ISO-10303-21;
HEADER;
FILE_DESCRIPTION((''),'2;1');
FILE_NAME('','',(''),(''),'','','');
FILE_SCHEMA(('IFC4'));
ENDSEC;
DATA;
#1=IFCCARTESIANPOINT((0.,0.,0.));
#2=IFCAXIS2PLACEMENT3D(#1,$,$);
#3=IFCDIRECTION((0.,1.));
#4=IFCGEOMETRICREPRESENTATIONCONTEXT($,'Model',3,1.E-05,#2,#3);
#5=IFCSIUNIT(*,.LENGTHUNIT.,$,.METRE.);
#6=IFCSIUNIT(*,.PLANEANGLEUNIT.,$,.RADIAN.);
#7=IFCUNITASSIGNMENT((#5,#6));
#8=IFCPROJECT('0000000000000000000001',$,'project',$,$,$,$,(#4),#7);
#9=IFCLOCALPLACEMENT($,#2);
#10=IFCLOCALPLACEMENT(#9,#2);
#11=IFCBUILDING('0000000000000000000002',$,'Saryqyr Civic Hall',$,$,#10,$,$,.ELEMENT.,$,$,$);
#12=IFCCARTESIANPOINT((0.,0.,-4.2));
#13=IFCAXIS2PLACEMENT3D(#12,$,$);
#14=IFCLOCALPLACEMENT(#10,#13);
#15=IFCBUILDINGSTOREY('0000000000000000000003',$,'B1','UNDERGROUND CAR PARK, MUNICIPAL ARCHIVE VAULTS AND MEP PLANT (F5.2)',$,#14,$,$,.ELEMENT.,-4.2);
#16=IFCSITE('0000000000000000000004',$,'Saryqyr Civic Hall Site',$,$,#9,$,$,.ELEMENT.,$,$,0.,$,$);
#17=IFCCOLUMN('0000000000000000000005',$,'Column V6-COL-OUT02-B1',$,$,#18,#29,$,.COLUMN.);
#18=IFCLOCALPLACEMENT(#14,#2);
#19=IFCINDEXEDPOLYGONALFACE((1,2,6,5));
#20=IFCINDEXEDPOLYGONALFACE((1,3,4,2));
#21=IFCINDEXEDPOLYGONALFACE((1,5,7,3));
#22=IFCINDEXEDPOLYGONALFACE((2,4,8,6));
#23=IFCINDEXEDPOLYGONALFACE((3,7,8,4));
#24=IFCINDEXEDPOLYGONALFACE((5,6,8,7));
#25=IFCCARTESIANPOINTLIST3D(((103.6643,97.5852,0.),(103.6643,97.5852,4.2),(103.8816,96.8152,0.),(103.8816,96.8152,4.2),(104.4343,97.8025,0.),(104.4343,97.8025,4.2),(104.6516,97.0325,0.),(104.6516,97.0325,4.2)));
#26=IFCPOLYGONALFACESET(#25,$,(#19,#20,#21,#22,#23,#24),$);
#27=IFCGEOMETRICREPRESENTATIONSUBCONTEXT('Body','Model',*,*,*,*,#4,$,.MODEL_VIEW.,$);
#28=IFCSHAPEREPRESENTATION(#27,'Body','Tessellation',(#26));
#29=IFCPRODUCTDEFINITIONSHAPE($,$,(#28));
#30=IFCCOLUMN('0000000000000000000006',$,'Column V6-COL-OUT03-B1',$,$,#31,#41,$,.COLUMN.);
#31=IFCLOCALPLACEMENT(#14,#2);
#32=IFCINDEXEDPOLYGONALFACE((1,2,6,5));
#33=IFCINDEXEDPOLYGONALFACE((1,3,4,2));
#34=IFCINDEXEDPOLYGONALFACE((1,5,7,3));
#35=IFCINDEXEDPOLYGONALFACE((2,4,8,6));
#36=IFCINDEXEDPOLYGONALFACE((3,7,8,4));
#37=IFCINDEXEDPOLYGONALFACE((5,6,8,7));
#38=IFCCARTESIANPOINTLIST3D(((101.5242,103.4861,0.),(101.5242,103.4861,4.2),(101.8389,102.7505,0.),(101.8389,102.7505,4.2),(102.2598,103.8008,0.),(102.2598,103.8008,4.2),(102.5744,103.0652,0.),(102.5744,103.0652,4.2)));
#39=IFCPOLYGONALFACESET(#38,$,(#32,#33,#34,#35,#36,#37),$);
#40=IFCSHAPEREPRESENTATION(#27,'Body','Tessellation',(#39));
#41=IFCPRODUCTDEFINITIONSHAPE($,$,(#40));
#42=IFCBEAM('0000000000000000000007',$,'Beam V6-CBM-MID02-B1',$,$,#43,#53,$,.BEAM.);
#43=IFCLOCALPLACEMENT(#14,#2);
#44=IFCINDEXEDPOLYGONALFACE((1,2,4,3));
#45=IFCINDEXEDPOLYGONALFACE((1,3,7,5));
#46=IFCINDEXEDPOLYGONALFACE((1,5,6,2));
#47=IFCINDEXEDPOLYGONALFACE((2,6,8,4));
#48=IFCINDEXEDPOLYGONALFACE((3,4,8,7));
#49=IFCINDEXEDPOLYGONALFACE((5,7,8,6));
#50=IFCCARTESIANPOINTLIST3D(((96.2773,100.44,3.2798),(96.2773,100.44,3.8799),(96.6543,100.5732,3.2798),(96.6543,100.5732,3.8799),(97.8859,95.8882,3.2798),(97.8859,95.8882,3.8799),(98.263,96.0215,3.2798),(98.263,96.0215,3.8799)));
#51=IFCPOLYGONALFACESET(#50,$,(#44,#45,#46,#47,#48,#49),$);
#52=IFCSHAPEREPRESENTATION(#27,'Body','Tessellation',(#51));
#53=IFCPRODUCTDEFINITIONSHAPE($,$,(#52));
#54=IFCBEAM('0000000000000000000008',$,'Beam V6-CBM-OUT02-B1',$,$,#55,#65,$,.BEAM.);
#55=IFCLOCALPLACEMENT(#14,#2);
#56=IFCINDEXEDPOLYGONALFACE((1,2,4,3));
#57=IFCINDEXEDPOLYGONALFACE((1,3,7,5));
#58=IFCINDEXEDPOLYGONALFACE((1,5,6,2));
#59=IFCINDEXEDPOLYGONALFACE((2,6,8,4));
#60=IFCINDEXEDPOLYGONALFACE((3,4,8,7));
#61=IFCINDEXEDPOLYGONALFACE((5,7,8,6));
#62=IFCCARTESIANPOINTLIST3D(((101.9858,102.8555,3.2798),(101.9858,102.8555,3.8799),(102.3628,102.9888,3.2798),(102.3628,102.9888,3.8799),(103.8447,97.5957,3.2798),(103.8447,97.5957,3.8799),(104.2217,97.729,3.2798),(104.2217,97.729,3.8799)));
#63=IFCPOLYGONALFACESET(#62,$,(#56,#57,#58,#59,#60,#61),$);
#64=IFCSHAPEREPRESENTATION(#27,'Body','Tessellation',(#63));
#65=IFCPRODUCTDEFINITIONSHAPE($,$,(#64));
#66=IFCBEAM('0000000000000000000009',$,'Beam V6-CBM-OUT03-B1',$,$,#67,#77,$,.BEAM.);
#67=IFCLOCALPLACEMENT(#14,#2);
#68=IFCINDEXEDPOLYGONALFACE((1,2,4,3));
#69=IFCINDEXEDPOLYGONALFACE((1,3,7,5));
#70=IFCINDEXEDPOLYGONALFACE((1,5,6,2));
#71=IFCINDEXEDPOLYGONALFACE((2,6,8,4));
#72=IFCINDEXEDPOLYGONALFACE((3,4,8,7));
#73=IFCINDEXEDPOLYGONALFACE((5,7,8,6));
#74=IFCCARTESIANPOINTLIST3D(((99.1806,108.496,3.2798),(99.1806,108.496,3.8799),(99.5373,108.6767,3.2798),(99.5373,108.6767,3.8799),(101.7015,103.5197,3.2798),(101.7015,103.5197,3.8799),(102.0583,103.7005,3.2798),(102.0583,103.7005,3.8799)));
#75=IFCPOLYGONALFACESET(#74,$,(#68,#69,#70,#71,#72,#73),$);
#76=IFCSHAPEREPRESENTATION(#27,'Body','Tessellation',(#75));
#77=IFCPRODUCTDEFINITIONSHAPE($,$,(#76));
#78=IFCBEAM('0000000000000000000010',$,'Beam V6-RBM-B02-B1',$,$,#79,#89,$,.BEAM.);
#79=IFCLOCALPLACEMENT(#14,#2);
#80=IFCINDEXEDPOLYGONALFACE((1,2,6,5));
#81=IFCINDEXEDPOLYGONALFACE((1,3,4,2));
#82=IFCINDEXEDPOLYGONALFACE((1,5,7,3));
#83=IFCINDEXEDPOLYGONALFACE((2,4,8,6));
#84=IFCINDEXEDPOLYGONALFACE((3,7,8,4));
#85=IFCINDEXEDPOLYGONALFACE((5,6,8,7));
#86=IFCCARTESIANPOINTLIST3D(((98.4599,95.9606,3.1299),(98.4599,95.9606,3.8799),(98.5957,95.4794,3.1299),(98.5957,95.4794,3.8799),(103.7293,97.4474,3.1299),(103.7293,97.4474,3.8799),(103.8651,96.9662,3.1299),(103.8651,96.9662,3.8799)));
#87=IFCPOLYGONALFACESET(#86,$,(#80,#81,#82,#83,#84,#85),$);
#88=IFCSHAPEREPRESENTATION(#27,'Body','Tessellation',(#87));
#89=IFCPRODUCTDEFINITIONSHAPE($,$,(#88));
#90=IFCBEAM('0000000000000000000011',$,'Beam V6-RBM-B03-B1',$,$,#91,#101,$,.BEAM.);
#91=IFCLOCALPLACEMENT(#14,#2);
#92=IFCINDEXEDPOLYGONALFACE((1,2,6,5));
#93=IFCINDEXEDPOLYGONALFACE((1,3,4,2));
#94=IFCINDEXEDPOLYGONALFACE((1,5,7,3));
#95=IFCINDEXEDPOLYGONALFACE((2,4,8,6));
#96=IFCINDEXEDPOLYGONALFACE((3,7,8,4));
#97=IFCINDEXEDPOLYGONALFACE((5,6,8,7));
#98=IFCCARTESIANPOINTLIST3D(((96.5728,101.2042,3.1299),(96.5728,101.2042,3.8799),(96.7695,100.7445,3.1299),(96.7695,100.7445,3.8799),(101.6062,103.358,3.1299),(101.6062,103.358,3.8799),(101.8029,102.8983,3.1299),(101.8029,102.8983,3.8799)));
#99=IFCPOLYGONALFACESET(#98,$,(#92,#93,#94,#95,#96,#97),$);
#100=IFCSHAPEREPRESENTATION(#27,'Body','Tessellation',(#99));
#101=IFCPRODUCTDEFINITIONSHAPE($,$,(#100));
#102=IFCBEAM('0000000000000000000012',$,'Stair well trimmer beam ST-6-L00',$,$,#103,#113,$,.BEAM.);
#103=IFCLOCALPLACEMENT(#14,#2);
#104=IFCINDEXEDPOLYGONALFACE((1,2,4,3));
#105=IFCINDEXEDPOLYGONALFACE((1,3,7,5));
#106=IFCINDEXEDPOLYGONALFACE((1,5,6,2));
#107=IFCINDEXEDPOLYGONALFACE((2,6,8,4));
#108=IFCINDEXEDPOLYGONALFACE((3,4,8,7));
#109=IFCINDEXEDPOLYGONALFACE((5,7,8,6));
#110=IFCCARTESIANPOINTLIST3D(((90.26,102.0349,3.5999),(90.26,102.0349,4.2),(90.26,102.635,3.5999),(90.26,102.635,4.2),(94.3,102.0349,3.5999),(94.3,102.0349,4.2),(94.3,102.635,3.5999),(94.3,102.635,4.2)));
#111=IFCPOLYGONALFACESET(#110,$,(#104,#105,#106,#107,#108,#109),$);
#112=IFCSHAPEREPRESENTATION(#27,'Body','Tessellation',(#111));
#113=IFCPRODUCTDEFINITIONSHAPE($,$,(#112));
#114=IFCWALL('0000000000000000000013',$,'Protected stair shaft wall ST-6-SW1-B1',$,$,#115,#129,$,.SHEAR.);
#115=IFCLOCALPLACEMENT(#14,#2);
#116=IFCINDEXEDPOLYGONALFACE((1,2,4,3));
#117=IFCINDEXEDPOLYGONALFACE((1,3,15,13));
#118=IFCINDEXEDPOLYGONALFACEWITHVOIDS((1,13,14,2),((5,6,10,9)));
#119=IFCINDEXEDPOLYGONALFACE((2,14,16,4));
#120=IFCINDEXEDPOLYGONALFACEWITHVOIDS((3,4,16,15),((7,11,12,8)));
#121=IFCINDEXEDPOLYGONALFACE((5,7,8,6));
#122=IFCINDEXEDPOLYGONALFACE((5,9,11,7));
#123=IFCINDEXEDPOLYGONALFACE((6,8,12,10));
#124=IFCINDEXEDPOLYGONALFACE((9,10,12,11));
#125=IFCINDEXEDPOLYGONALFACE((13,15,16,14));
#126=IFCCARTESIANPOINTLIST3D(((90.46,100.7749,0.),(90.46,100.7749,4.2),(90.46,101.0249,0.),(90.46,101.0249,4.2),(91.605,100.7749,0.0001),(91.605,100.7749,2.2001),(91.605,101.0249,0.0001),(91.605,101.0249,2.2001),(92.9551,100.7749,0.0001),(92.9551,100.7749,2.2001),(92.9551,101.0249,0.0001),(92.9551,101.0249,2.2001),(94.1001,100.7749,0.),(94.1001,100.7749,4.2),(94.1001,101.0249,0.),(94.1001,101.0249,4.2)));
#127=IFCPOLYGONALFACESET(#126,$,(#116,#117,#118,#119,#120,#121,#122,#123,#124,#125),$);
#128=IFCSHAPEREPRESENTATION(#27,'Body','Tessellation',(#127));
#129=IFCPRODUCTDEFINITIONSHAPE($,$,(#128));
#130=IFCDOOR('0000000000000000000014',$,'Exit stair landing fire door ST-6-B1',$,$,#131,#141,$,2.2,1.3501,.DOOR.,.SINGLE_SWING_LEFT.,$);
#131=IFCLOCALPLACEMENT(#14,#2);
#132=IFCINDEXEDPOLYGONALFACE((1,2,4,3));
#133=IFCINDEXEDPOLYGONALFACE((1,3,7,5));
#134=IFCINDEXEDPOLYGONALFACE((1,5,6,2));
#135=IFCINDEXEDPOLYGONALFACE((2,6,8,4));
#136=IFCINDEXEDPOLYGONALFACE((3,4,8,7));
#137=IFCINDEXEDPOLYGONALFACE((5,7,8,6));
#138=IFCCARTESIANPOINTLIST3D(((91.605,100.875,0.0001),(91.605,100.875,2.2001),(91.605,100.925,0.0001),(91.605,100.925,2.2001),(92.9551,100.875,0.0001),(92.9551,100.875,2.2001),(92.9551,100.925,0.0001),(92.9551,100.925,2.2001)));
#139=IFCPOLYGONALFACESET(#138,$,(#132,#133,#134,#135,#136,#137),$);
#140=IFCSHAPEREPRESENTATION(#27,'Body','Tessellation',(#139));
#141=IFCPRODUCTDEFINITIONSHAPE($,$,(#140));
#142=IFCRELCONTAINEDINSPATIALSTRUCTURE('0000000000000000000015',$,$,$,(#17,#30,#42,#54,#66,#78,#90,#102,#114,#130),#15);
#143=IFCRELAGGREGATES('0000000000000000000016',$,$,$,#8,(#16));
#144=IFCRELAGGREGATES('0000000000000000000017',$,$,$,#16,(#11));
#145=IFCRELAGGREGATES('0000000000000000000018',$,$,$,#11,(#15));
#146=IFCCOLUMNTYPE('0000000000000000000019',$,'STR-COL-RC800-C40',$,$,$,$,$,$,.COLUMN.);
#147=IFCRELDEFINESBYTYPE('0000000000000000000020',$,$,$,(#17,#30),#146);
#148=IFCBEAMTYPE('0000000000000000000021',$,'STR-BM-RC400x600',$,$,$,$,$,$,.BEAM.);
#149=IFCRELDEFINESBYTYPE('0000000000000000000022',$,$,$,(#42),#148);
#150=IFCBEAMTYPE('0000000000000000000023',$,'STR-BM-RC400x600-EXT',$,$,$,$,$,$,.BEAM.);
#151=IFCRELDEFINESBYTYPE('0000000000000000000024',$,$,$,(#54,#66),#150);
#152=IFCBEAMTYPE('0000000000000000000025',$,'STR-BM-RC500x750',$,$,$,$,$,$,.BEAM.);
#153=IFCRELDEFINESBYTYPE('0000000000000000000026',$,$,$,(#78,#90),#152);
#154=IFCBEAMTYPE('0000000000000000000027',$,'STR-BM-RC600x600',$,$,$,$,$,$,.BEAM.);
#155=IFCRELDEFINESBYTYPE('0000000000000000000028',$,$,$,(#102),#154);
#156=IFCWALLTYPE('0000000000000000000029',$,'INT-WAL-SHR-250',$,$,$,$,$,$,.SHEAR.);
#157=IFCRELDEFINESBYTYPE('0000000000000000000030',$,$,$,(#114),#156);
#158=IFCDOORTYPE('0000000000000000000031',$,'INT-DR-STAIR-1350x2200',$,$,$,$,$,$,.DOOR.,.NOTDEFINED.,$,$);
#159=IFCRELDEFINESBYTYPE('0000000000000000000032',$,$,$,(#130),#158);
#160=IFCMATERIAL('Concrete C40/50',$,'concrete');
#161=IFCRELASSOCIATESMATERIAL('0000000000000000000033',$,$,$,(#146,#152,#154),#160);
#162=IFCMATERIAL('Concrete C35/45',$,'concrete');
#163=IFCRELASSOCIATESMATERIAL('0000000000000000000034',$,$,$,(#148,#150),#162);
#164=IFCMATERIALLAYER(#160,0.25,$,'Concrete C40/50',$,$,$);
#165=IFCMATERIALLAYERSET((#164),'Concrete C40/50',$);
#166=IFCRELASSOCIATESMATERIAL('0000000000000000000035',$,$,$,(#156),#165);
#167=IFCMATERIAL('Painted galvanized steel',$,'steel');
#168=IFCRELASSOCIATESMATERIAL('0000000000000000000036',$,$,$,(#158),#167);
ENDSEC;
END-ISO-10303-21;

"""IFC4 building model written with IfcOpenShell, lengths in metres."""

from ifc_helpers import new_model, si_unit, direction, frame, frame_2d, origin, origin_2d, place, context, subcontext, project, spatial, rectangle, extrude, material, layer, layer_set, material_profile, profile_set, type_object, element, fill, save


model = new_model("IFC4")

# Units and contexts
model_context = context("Model", 3, precision=1e-05, world=origin(), true_north=direction((0.0, 1.0)))
body_context = subcontext(model_context, "Body", "Model", "MODEL_VIEW")
ifc_project = project(units=[si_unit("LENGTHUNIT", "METRE"), si_unit("PLANEANGLEUNIT", "RADIAN")], contexts=[model_context])

# Site, building, storey
site_placement = place(None, origin())
site = spatial("IfcSite", under=ifc_project, at=site_placement, Name="Saryqyr Civic Hall Site", CompositionType="ELEMENT", RefElevation=0.0)
building_placement = place(site_placement, origin())
building = spatial("IfcBuilding", under=site, at=building_placement, Name="Saryqyr Civic Hall", CompositionType="ELEMENT")
storey_placement = place(building_placement, frame((0.0, 0.0, -4.2)))
storey = spatial("IfcBuildingStorey", under=building, at=storey_placement, Name="B1", Description="UNDERGROUND CAR PARK, MUNICIPAL ARCHIVE VAULTS AND MEP PLANT (F5.2)", CompositionType="ELEMENT", Elevation=-4.2)

# Shared definitions
ifc_material_1 = material(Name="Concrete C35/45", Category="concrete")

# Columns
ifc_material_2 = material(Name="Concrete C40/50", Category="concrete")
ifc_material_profile_1 = material_profile(ifc_material_2, rectangle(XDim=0.8, YDim=0.8, at=origin_2d()), Name="RC 800x800")
ifc_profile_set_1 = profile_set([ifc_material_profile_1], Name="Concrete C40/50")
column_type_1 = type_object("IfcColumnType", Name="STR-COL-RC800-C40", PredefinedType="COLUMN", material=ifc_profile_set_1)
for number, where, z_axis, x_axis, name in (
    (1, (104.158, 97.3088, 0.0), (0.0, 0.0, 1.0), (0.962408, 0.271608, 0.0), "Column V6-COL-OUT02-B1"),
    (2, (102.0493, 103.2756, 0.0), (0.0, 0.0, 1.0), (0.91941, 0.3933, 0.0), "Column V6-COL-OUT03-B1"),
):
    element("IfcColumn", number, at=place(storey_placement, frame(where, z_axis=z_axis, x_axis=x_axis)), inside=storey, type_object=column_type_1, Name=name, PredefinedType="COLUMN", context=body_context, shape_type="SweptSolid", body=[
        extrude(rectangle(XDim=0.8, YDim=0.8, at=origin_2d()), origin(), (0.0, 0.0, 1.0), 4.2),
    ])

# Beams
ifc_material_profile_2 = material_profile(ifc_material_1, rectangle(XDim=0.3999, YDim=0.6001, at=origin_2d()), Name="RC 400x600")
ifc_profile_set_2 = profile_set([ifc_material_profile_2], Name="Concrete C35/45")
beam_type_1 = type_object("IfcBeamType", Name="STR-BM-RC400x600", PredefinedType="BEAM", material=ifc_profile_set_2)
beam_1_placement = place(storey_placement, frame((98.0745, 95.9548, 3.5798), z_axis=(-0.333214, 0.942851, 0.0), x_axis=(-0.942851, -0.333214, 0.0)))
element("IfcBeam", 3, at=beam_1_placement, inside=storey, type_object=beam_type_1, Name="Beam V6-CBM-MID02-B1", PredefinedType="BEAM", context=body_context, shape_type="SweptSolid", body=[
    extrude(rectangle(XDim=0.3999, YDim=0.6001, at=origin_2d()), origin(), (0.0, 0.0, 1.0), 4.8276),
])
ifc_material_profile_3 = material_profile(ifc_material_1, rectangle(XDim=0.3999, YDim=0.6001, at=origin_2d()), Name="RC 400x600")
ifc_profile_set_3 = profile_set([ifc_material_profile_3], Name="Concrete C35/45")
beam_type_2 = type_object("IfcBeamType", Name="STR-BM-RC400x600-EXT", PredefinedType="BEAM", material=ifc_profile_set_3)
beam_2_placement = place(storey_placement, frame((104.0332, 97.6624, 3.5798), z_axis=(-0.333218, 0.94285, 0.0), x_axis=(-0.94285, -0.333218, 0.0)))
element("IfcBeam", 4, at=beam_2_placement, inside=storey, type_object=beam_type_2, Name="Beam V6-CBM-OUT02-B1", PredefinedType="BEAM", context=body_context, shape_type="SweptSolid", body=[
    extrude(rectangle(XDim=0.3999, YDim=0.6001, at=origin_2d()), origin(), (0.0, 0.0, 1.0), 5.5786),
])
beam_3_placement = place(storey_placement, frame((101.8799, 103.6101, 3.5798), z_axis=(-0.451917, 0.89206, 0.0), x_axis=(-0.89206, -0.451917, 0.0)))
element("IfcBeam", 5, at=beam_3_placement, inside=storey, type_object=beam_type_2, Name="Beam V6-CBM-OUT03-B1", PredefinedType="BEAM", context=body_context, shape_type="SweptSolid", body=[
    extrude(rectangle(XDim=0.3999, YDim=0.6001, at=origin_2d()), origin(), (0.0, 0.0, 1.0), 5.5784),
])
ifc_material_profile_4 = material_profile(ifc_material_2, rectangle(XDim=0.5, YDim=0.75, at=origin_2d()), Name="RC 500x750")
ifc_profile_set_4 = profile_set([ifc_material_profile_4], Name="Concrete C40/50")
beam_type_3 = type_object("IfcBeamType", Name="STR-BM-RC500x750", PredefinedType="BEAM", material=ifc_profile_set_4)
beam_4_placement = place(storey_placement, frame((98.5278, 95.72, 3.5049), z_axis=(0.962421, 0.271563, 0.0), x_axis=(-0.271563, 0.962421, 0.0)))
element("IfcBeam", 6, at=beam_4_placement, inside=storey, type_object=beam_type_3, Name="Beam V6-RBM-B02-B1", PredefinedType="BEAM", context=body_context, shape_type="SweptSolid", body=[
    extrude(rectangle(XDim=0.5, YDim=0.75, at=origin_2d()), origin(), (0.0, 0.0, 1.0), 5.4751),
])
beam_5_placement = place(storey_placement, frame((96.6711, 100.9744, 3.5049), z_axis=(0.919369, 0.393397, 0.0), x_axis=(-0.393397, 0.919369, 0.0)))
element("IfcBeam", 7, at=beam_5_placement, inside=storey, type_object=beam_type_3, Name="Beam V6-RBM-B03-B1", PredefinedType="BEAM", context=body_context, shape_type="SweptSolid", body=[
    extrude(rectangle(XDim=0.5, YDim=0.75, at=origin_2d()), origin(), (0.0, 0.0, 1.0), 5.4749),
])
ifc_material_profile_5 = material_profile(ifc_material_2, rectangle(XDim=0.6001, YDim=0.6001, at=origin_2d()), Name="RC 600x600")
ifc_profile_set_5 = profile_set([ifc_material_profile_5], Name="Concrete C40/50")
beam_type_4 = type_object("IfcBeamType", Name="STR-BM-RC600x600", PredefinedType="BEAM", material=ifc_profile_set_5)
beam_6_placement = place(storey_placement, frame((94.3, 102.335, 3.8999), z_axis=(-1.0, 0.0, 0.0), x_axis=(0.0, -1.0, 0.0)))
element("IfcBeam", 8, at=beam_6_placement, inside=storey, type_object=beam_type_4, Name="Stair well trimmer beam ST-6-L00", PredefinedType="BEAM", context=body_context, shape_type="SweptSolid", body=[
    extrude(rectangle(XDim=0.6001, YDim=0.6001, at=origin_2d()), origin(), (0.0, 0.0, 1.0), 4.04),
])

# Wall, opening, door
ifc_layer_1 = layer(ifc_material_2, 0.25, Name="Concrete C40/50")
ifc_layer_set_1 = layer_set([ifc_layer_1], Name="Concrete C40/50")
wall_type = type_object("IfcWallType", Name="INT-WAL-SHR-250", PredefinedType="SHEAR", material=ifc_layer_set_1)
wall_placement = place(storey_placement, frame((94.1001, 100.8999, 0.0), z_axis=(0.0, 0.0, 1.0), x_axis=(-1.0, 0.0, 0.0)))
wall = element("IfcWall", 9, at=wall_placement, inside=storey, type_object=wall_type, Name="Protected stair shaft wall ST-6-SW1-B1", PredefinedType="SHEAR", context=body_context, shape_type="SweptSolid", body=[
    extrude(rectangle(XDim=3.6401, YDim=0.25, at=frame_2d((1.8201, 0.0))), origin(), (0.0, 0.0, 1.0), 4.2),
])
opening_placement = place(wall_placement, frame((1.145, 0.0, 0.0)))
opening = element("IfcOpeningElement", 10, at=opening_placement, cuts=wall, PredefinedType="OPENING", context=body_context, shape_type="SweptSolid", body=[
    extrude(rectangle(XDim=1.3501, YDim=2.2, at=frame_2d((0.675, 1.1001))), frame((0.0, 0.135, 0.0), z_axis=(0.0, -1.0, 0.0), x_axis=(1.0, 0.0, 0.0)), (0.0, 0.0, 1.0), 0.27),
])
ifc_material_3 = material(Name="Painted galvanized steel", Category="steel")
door_type = type_object("IfcDoorType", Name="INT-DR-STAIR-1350x2200", OperationType="NOTDEFINED", PredefinedType="DOOR", material=ifc_material_3)
door_placement = place(opening_placement, origin())
door = element("IfcDoor", 11, at=door_placement, inside=storey, type_object=door_type, Name="Exit stair landing fire door ST-6-B1", OperationType="SINGLE_SWING_LEFT", OverallHeight=2.2, OverallWidth=1.3501, PredefinedType="DOOR", context=body_context, shape_type="SweptSolid", body=[
    extrude(rectangle(XDim=1.3501, YDim=2.2, at=frame_2d((0.675, 1.1001))), frame((0.0, 0.0249, 0.0), z_axis=(0.0, -1.0, 0.0), x_axis=(1.0, 0.0, 0.0)), (0.0, 0.0, 1.0), 0.05),
])
fill(opening, door)

save(model, "model.ifc")
